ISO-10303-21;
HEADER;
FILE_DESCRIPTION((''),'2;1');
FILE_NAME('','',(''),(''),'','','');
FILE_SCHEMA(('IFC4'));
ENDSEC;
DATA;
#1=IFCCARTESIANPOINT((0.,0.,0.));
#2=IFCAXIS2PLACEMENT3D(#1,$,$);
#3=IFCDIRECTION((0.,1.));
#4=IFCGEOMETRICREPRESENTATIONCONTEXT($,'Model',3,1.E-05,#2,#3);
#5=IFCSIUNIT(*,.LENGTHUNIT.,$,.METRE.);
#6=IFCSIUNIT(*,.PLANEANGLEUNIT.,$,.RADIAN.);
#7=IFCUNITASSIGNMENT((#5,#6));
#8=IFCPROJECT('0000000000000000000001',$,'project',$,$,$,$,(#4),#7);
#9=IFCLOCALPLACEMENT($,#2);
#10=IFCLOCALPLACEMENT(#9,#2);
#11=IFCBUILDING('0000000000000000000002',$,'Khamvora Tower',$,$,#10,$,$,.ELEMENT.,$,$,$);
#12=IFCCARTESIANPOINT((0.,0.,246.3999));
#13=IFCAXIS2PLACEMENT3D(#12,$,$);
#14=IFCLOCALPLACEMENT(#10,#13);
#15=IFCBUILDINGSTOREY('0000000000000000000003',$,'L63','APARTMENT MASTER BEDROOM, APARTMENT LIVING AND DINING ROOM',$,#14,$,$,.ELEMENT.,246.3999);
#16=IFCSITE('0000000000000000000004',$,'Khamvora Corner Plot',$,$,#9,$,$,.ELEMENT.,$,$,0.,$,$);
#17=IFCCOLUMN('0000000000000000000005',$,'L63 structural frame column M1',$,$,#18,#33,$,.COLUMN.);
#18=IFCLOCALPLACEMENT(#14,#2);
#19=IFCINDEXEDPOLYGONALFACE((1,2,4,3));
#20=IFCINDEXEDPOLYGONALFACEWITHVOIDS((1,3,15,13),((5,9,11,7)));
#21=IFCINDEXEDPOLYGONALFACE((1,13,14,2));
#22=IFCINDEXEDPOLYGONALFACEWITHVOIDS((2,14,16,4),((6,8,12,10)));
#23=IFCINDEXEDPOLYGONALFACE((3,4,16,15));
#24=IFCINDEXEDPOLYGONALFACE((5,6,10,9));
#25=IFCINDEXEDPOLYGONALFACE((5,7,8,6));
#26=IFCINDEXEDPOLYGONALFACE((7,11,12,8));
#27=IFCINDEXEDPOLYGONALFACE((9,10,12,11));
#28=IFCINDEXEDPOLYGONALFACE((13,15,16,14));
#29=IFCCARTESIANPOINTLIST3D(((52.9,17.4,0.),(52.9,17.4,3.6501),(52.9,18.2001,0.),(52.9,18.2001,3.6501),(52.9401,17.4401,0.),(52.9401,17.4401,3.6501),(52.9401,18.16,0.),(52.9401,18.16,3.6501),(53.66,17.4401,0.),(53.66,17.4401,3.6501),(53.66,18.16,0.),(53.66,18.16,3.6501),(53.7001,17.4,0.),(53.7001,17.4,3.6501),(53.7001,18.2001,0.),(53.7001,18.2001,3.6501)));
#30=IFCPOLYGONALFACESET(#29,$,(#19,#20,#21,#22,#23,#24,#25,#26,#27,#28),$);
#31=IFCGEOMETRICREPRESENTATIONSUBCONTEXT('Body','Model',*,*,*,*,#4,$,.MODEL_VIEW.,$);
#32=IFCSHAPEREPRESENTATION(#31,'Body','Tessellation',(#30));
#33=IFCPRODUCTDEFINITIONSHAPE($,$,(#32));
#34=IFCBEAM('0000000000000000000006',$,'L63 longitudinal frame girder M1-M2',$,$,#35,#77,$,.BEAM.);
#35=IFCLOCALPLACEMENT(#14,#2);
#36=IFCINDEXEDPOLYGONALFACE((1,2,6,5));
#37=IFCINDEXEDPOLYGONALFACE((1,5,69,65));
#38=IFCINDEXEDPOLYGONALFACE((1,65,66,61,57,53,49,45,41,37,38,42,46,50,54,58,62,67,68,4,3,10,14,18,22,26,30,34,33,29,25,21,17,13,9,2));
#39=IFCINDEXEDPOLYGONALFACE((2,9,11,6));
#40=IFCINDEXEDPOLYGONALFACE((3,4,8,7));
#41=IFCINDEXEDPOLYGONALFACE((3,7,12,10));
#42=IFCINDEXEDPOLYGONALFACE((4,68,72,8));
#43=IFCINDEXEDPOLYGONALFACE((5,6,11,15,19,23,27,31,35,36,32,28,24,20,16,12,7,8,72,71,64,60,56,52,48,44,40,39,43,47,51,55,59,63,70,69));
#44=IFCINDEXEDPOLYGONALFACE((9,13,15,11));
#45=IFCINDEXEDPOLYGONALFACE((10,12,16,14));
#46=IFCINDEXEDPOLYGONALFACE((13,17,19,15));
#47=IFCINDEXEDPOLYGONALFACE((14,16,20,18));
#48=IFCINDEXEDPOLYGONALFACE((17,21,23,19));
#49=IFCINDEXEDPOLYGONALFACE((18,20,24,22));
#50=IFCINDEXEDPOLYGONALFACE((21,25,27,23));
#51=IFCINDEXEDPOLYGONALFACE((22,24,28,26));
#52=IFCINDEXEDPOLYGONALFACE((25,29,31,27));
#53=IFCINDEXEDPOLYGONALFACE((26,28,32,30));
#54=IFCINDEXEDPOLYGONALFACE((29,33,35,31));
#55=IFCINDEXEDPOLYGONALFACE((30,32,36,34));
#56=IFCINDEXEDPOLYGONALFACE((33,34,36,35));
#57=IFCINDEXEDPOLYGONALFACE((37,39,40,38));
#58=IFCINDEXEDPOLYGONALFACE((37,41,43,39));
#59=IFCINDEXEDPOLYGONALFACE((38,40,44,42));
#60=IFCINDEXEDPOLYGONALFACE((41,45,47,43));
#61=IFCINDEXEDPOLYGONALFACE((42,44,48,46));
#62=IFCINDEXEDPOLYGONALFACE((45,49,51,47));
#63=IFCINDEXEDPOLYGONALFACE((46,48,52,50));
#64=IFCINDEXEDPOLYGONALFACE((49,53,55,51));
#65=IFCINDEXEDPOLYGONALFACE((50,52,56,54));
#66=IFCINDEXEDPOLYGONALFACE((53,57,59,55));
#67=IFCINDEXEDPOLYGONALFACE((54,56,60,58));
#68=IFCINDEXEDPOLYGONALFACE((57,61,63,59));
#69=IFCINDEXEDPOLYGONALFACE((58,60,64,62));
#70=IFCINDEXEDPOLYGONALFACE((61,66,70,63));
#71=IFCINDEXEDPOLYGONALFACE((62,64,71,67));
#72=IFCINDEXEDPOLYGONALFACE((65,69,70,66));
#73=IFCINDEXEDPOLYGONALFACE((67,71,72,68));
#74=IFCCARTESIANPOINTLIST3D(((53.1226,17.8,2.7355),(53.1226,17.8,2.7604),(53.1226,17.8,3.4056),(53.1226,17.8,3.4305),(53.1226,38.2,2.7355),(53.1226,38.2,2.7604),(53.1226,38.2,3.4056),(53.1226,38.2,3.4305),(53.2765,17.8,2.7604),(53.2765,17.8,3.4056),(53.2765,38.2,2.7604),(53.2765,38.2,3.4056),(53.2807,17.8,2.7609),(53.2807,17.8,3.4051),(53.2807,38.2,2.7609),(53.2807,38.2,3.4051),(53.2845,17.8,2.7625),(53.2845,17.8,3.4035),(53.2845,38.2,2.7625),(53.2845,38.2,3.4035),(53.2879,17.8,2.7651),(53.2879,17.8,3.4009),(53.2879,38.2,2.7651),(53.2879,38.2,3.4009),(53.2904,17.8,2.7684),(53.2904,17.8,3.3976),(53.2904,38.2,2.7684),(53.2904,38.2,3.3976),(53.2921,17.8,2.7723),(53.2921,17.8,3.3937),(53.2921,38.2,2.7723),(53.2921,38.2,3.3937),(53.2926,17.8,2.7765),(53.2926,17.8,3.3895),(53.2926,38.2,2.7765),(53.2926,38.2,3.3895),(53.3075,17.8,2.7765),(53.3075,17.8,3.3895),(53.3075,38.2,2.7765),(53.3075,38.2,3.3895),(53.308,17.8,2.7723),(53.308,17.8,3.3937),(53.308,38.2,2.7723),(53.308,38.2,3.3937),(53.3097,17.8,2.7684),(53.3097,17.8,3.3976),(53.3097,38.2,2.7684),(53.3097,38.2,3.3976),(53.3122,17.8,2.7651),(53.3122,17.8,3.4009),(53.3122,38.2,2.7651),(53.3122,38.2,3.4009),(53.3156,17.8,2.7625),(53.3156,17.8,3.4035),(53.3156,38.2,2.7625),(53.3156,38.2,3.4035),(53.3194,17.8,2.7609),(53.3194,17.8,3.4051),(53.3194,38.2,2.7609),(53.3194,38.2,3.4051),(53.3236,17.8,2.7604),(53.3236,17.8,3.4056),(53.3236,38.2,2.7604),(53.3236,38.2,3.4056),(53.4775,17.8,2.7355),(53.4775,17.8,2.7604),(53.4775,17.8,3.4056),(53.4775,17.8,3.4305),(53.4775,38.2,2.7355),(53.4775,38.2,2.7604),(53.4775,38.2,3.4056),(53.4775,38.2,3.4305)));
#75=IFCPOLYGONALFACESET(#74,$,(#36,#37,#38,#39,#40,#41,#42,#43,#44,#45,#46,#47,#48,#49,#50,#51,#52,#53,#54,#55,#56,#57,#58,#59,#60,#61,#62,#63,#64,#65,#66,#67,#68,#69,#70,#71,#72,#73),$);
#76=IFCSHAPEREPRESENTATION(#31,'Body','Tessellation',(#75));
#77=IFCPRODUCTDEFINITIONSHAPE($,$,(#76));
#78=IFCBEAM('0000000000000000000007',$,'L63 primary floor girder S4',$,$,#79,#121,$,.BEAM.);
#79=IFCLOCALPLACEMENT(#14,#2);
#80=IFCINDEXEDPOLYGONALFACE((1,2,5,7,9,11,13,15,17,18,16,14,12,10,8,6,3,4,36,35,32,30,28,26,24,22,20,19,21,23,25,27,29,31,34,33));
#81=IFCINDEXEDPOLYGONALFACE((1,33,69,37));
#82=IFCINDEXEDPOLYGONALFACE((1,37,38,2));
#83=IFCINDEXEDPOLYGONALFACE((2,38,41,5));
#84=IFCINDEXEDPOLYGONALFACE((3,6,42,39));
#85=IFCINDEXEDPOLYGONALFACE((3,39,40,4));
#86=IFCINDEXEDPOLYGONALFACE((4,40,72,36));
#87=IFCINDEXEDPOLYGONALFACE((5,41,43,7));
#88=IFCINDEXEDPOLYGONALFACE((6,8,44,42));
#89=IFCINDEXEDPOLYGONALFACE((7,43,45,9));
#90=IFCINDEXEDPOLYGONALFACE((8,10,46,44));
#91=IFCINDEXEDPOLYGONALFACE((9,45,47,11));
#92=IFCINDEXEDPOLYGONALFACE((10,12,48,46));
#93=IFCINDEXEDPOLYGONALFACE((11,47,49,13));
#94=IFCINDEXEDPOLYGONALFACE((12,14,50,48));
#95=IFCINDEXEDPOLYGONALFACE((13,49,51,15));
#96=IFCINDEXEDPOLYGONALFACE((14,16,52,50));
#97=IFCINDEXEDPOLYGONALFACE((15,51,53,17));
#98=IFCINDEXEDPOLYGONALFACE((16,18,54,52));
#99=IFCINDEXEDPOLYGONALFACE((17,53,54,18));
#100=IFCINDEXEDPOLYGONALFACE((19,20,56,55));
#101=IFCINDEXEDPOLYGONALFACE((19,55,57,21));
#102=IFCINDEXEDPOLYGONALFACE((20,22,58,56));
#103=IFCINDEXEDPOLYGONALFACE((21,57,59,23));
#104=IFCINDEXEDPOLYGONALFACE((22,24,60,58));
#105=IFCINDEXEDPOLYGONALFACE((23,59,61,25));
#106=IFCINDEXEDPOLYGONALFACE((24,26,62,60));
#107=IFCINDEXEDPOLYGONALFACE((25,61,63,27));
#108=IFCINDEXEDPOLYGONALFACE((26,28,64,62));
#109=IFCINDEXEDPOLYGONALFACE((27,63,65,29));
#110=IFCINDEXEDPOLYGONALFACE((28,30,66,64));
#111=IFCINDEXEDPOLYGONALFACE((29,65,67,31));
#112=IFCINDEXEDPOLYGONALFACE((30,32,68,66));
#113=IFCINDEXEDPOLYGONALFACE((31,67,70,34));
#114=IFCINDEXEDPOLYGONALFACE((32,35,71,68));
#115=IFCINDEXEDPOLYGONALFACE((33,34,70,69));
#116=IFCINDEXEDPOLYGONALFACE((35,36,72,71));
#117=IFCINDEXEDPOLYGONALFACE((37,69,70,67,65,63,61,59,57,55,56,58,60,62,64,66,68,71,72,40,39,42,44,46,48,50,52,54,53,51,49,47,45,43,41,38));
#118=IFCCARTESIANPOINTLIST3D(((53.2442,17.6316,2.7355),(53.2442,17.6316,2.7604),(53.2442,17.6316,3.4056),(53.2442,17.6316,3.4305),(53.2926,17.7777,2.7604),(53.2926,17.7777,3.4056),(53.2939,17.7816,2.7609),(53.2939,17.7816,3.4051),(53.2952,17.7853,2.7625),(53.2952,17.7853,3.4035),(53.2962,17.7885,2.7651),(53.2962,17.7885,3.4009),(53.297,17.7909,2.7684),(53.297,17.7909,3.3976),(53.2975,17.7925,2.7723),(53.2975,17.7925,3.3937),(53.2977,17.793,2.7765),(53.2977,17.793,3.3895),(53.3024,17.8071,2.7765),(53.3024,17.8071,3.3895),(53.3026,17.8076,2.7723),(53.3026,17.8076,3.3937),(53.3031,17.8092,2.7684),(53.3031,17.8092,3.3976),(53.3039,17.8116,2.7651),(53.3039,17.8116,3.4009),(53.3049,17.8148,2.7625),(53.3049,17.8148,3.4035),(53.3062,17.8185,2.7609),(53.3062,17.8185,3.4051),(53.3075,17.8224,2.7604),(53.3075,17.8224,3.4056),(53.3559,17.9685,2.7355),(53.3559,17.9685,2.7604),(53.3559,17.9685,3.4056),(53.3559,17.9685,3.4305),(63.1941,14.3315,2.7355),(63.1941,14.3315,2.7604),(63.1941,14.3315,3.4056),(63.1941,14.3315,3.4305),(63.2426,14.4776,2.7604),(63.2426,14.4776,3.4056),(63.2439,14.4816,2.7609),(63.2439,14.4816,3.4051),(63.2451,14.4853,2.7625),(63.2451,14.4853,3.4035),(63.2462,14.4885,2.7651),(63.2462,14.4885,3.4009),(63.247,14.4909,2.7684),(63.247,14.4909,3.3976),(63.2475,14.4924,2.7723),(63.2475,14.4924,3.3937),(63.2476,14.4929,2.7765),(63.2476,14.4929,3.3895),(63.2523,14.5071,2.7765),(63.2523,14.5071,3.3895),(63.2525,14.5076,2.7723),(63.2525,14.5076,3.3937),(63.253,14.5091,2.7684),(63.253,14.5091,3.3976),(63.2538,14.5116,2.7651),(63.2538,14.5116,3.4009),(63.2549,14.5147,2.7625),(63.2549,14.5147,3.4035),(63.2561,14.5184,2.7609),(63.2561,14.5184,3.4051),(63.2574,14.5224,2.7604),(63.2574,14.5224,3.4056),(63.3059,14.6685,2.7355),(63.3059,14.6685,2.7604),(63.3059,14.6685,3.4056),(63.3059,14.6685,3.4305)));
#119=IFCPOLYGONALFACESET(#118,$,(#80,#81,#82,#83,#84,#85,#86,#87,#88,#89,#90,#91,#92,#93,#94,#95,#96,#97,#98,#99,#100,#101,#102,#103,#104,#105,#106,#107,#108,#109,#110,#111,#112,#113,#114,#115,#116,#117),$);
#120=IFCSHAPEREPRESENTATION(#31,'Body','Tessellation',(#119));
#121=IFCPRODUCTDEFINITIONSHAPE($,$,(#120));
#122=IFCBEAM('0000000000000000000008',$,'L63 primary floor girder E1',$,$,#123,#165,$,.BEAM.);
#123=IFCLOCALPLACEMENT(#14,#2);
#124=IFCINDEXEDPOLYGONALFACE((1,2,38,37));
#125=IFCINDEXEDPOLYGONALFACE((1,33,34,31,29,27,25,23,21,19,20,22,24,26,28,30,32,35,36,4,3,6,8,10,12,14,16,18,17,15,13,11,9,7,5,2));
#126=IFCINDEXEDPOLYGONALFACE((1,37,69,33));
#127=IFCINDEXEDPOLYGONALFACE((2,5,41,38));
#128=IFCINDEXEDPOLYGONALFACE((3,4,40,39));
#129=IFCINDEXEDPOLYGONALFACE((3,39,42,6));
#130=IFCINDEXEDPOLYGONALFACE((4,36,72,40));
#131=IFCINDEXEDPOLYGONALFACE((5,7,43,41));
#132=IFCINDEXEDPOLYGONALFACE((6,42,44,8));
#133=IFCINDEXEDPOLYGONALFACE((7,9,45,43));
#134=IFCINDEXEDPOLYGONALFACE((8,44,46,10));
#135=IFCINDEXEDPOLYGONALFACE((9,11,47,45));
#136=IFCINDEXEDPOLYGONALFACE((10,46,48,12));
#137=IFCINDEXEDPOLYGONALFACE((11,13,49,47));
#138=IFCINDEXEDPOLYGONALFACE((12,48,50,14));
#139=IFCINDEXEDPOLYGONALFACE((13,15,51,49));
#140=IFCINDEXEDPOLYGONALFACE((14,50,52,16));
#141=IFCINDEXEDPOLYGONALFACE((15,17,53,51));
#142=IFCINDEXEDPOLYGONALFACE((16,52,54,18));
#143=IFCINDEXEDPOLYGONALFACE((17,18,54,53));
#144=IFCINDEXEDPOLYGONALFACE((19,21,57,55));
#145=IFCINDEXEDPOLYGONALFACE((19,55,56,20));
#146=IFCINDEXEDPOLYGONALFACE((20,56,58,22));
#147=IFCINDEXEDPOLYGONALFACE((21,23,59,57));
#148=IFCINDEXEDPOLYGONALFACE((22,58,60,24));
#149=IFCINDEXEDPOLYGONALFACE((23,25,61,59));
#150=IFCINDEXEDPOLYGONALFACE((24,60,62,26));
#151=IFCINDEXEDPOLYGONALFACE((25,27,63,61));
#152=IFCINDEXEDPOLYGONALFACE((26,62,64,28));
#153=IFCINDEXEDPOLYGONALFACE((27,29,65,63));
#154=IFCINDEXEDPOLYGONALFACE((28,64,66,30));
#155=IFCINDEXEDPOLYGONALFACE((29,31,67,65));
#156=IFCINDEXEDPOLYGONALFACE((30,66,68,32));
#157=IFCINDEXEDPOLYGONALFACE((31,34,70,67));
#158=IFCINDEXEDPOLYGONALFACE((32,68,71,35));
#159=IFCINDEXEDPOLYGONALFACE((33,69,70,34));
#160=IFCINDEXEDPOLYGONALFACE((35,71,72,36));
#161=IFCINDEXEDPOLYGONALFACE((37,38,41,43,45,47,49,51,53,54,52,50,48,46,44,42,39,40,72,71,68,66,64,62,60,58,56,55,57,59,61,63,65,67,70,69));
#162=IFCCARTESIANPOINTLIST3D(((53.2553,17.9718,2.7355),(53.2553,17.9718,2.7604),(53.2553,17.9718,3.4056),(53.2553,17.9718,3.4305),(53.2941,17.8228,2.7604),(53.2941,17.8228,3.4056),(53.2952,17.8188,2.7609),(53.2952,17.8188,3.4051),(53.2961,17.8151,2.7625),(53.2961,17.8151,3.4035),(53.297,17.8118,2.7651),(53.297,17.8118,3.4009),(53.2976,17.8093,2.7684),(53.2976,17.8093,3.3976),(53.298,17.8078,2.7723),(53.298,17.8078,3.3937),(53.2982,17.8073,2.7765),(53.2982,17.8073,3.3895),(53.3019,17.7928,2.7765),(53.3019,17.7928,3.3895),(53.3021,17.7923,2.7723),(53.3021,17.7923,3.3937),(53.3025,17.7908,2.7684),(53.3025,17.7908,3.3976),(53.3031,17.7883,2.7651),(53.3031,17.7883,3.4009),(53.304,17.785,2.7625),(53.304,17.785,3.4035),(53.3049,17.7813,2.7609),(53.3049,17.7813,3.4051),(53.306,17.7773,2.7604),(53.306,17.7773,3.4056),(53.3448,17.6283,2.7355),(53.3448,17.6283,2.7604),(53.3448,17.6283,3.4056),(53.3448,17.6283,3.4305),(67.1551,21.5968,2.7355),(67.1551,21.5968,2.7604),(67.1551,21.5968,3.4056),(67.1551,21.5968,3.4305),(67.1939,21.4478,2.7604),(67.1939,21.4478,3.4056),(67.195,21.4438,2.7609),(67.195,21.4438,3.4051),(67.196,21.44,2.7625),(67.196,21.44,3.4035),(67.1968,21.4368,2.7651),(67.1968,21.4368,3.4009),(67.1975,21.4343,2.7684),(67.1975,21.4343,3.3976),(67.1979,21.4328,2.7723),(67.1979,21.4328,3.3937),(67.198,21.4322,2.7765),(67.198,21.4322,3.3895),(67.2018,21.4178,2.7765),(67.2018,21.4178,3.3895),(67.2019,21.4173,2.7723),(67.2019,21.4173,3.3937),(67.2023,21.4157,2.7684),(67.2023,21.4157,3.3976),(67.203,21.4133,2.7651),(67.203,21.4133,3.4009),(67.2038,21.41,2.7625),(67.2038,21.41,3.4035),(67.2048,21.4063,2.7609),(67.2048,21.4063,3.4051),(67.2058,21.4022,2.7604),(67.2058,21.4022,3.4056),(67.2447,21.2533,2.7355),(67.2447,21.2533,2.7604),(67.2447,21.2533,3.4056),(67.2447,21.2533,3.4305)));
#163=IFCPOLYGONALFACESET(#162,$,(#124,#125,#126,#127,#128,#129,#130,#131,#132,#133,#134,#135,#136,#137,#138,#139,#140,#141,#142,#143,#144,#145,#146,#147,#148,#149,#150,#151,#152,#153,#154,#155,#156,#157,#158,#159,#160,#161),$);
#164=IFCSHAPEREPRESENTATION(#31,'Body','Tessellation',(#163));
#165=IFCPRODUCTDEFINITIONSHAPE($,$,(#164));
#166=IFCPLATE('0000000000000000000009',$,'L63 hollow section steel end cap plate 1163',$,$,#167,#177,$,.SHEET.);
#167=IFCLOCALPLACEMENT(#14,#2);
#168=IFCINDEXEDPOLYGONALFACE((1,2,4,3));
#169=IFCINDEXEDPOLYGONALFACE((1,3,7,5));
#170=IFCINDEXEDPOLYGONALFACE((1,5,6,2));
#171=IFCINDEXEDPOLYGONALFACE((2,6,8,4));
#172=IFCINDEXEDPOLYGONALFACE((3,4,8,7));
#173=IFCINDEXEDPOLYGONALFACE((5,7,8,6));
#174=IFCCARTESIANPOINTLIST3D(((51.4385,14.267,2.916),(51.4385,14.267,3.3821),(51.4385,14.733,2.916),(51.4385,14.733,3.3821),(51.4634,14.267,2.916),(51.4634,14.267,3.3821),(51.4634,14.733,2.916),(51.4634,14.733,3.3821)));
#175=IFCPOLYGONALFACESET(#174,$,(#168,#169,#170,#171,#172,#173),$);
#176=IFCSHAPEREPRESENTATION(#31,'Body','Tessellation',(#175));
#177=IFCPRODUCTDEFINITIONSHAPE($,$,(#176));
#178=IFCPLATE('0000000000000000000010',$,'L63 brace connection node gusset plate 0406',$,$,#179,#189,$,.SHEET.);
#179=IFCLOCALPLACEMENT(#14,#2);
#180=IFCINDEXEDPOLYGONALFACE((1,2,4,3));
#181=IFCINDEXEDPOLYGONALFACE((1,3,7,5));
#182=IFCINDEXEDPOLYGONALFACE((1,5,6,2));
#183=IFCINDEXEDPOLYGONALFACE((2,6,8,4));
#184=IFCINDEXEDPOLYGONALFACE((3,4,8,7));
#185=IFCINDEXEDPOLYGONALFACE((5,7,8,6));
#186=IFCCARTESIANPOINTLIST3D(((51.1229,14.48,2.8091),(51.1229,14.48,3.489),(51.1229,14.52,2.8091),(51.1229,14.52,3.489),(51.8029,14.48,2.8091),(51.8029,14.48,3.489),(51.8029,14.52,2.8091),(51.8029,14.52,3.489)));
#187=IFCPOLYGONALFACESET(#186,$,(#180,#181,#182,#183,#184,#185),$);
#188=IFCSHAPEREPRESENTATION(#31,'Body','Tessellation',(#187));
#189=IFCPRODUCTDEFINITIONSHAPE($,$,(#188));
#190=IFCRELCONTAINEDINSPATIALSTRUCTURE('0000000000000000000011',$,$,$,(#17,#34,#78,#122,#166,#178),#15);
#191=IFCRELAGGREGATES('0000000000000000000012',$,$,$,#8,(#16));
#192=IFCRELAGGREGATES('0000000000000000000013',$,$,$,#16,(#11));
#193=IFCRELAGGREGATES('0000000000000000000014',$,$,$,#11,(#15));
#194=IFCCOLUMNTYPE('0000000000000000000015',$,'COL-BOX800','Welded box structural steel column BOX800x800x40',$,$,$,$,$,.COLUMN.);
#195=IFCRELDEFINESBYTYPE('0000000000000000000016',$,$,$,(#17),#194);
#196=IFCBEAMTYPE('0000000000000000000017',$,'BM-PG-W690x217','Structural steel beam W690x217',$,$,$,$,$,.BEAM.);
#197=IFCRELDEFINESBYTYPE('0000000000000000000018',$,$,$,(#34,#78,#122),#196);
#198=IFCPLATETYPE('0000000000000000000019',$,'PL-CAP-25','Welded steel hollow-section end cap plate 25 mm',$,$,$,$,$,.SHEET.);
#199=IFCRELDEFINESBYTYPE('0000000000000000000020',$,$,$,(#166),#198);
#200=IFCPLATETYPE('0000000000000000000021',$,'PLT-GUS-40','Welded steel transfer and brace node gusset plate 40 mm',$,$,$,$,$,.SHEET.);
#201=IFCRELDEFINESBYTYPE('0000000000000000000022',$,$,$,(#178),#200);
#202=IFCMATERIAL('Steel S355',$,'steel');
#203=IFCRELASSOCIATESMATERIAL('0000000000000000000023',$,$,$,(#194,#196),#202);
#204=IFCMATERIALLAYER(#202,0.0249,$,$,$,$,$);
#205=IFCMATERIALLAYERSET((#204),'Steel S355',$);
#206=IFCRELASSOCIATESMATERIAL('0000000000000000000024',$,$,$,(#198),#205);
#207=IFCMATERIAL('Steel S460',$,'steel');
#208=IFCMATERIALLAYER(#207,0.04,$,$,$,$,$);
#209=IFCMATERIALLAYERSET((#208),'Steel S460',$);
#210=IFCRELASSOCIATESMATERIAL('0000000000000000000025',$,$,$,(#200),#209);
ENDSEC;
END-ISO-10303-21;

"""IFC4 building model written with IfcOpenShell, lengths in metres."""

from ifc_helpers import new_model, si_unit, direction, frame, origin, origin_2d, place, context, subcontext, project, spatial, rectangle, hollow_rectangle, i_section, extrude, material, layer, layer_set, material_profile, profile_set, type_object, element, save


model = new_model("IFC4")

# Units and contexts
model_context = context("Model", 3, precision=1e-05, world=origin(), true_north=direction((0.0, 1.0)))
body_context = subcontext(model_context, "Body", "Model", "MODEL_VIEW")
ifc_project = project(units=[si_unit("LENGTHUNIT", "METRE"), si_unit("PLANEANGLEUNIT", "RADIAN")], contexts=[model_context])

# Site, building, storey
site_placement = place(None, origin())
site = spatial("IfcSite", under=ifc_project, at=site_placement, Name="Khamvora Corner Plot", CompositionType="ELEMENT", RefElevation=0.0)
building_placement = place(site_placement, origin())
building = spatial("IfcBuilding", under=site, at=building_placement, Name="Khamvora Tower", CompositionType="ELEMENT")
storey_placement = place(building_placement, frame((0.0, 0.0, 246.3999)))
storey = spatial("IfcBuildingStorey", under=building, at=storey_placement, Name="L63", Description="APARTMENT MASTER BEDROOM, APARTMENT LIVING AND DINING ROOM", CompositionType="ELEMENT", Elevation=246.3999)

# Column
ifc_material_1 = material(Name="Steel S355", Category="steel")
ifc_material_profile_1 = material_profile(ifc_material_1, hollow_rectangle(XDim=0.8, YDim=0.8, WallThickness=0.04, at=origin_2d()), Name="BOX800x800x40")
ifc_profile_set_1 = profile_set([ifc_material_profile_1], Name="Steel S355")
column_type = type_object("IfcColumnType", Name="COL-BOX800", Description="Welded box structural steel column BOX800x800x40", PredefinedType="COLUMN", material=ifc_profile_set_1)
column_placement = place(storey_placement, frame((53.3, 17.8, 0.0), z_axis=(0.0, 0.0, 1.0), x_axis=(1.0, 0.0, 0.0)))
element("IfcColumn", 1, at=column_placement, inside=storey, type_object=column_type, Name="L63 structural frame column M1", PredefinedType="COLUMN", context=body_context, shape_type="SweptSolid", body=[
    extrude(hollow_rectangle(XDim=0.8, YDim=0.8, WallThickness=0.04, at=origin_2d()), origin(), (0.0, 0.0, 1.0), 3.6501),
])

# Beams
ifc_material_profile_2 = material_profile(ifc_material_1, i_section(OverallWidth=0.355, OverallDepth=0.6951, WebThickness=0.0149, FlangeThickness=0.0249, FilletRadius=0.0161, at=origin_2d()), Name="W690x217")
ifc_profile_set_2 = profile_set([ifc_material_profile_2], Name="Steel S355")
beam_type = type_object("IfcBeamType", Name="BM-PG-W690x217", Description="Structural steel beam W690x217", PredefinedType="BEAM", material=ifc_profile_set_2)
beam_1_placement = place(storey_placement, frame((53.3, 17.8, 3.083), z_axis=(0.0, 1.0, 0.0), x_axis=(-1.0, 0.0, 0.0)))
element("IfcBeam", 2, at=beam_1_placement, inside=storey, type_object=beam_type, Name="L63 longitudinal frame girder M1-M2", PredefinedType="BEAM", context=body_context, shape_type="SweptSolid", body=[
    extrude(i_section(OverallWidth=0.355, OverallDepth=0.6951, WebThickness=0.0149, FlangeThickness=0.0249, FilletRadius=0.0161, at=origin_2d()), origin(), (0.0, 0.0, 1.0), 20.3999),
])
beam_2_placement = place(storey_placement, frame((53.3, 17.8, 3.083), z_axis=(0.949157, -0.314802, 0.0), x_axis=(0.314802, 0.949157, 0.0)))
element("IfcBeam", 3, at=beam_2_placement, inside=storey, type_object=beam_type, Name="L63 primary floor girder S4", PredefinedType="BEAM", context=body_context, shape_type="SweptSolid", body=[
    extrude(i_section(OverallWidth=0.355, OverallDepth=0.6951, WebThickness=0.0149, FlangeThickness=0.0249, FilletRadius=0.0161, at=origin_2d()), origin(), (0.0, 0.0, 1.0), 10.4829),
])
beam_3_placement = place(storey_placement, frame((53.3, 17.8, 3.083), z_axis=(0.967635, 0.252353, 0.0), x_axis=(-0.252353, 0.967635, 0.0)))
element("IfcBeam", 4, at=beam_3_placement, inside=storey, type_object=beam_type, Name="L63 primary floor girder E1", PredefinedType="BEAM", context=body_context, shape_type="SweptSolid", body=[
    extrude(i_section(OverallWidth=0.355, OverallDepth=0.6951, WebThickness=0.0149, FlangeThickness=0.0249, FilletRadius=0.0161, at=origin_2d()), origin(), (0.0, 0.0, 1.0), 14.3647),
])

# Plates
ifc_layer_1 = layer(ifc_material_1, 0.0249)
ifc_layer_set_1 = layer_set([ifc_layer_1], Name="Steel S355")
plate_type_1 = type_object("IfcPlateType", Name="PL-CAP-25", Description="Welded steel hollow-section end cap plate 25 mm", PredefinedType="SHEET", material=ifc_layer_set_1)
plate_1_placement = place(storey_placement, frame((51.4509, 14.5, 2.916), z_axis=(0.0, 0.0, 1.0), x_axis=(-1.0, 0.0, 0.0)))
element("IfcPlate", 5, at=plate_1_placement, inside=storey, type_object=plate_type_1, Name="L63 hollow section steel end cap plate 1163", PredefinedType="SHEET", context=body_context, shape_type="SweptSolid", body=[
    extrude(rectangle(XDim=0.0249, YDim=0.4661, at=origin_2d()), origin(), (0.0, 0.0, 1.0), 0.4661),
])
ifc_material_2 = material(Name="Steel S460", Category="steel")
ifc_layer_2 = layer(ifc_material_2, 0.04)
ifc_layer_set_2 = layer_set([ifc_layer_2], Name="Steel S460")
plate_type_2 = type_object("IfcPlateType", Name="PLT-GUS-40", Description="Welded steel transfer and brace node gusset plate 40 mm", PredefinedType="SHEET", material=ifc_layer_set_2)
plate_2_placement = place(storey_placement, frame((51.4629, 14.5, 2.8091), z_axis=(0.0, 0.0, 1.0), x_axis=(1.0, 0.0, 0.0)))
element("IfcPlate", 6, at=plate_2_placement, inside=storey, type_object=plate_type_2, Name="L63 brace connection node gusset plate 0406", PredefinedType="SHEET", context=body_context, shape_type="SweptSolid", body=[
    extrude(rectangle(XDim=0.6799, YDim=0.04, at=origin_2d()), origin(), (0.0, 0.0, 1.0), 0.6799),
])

save(model, "model.ifc")
